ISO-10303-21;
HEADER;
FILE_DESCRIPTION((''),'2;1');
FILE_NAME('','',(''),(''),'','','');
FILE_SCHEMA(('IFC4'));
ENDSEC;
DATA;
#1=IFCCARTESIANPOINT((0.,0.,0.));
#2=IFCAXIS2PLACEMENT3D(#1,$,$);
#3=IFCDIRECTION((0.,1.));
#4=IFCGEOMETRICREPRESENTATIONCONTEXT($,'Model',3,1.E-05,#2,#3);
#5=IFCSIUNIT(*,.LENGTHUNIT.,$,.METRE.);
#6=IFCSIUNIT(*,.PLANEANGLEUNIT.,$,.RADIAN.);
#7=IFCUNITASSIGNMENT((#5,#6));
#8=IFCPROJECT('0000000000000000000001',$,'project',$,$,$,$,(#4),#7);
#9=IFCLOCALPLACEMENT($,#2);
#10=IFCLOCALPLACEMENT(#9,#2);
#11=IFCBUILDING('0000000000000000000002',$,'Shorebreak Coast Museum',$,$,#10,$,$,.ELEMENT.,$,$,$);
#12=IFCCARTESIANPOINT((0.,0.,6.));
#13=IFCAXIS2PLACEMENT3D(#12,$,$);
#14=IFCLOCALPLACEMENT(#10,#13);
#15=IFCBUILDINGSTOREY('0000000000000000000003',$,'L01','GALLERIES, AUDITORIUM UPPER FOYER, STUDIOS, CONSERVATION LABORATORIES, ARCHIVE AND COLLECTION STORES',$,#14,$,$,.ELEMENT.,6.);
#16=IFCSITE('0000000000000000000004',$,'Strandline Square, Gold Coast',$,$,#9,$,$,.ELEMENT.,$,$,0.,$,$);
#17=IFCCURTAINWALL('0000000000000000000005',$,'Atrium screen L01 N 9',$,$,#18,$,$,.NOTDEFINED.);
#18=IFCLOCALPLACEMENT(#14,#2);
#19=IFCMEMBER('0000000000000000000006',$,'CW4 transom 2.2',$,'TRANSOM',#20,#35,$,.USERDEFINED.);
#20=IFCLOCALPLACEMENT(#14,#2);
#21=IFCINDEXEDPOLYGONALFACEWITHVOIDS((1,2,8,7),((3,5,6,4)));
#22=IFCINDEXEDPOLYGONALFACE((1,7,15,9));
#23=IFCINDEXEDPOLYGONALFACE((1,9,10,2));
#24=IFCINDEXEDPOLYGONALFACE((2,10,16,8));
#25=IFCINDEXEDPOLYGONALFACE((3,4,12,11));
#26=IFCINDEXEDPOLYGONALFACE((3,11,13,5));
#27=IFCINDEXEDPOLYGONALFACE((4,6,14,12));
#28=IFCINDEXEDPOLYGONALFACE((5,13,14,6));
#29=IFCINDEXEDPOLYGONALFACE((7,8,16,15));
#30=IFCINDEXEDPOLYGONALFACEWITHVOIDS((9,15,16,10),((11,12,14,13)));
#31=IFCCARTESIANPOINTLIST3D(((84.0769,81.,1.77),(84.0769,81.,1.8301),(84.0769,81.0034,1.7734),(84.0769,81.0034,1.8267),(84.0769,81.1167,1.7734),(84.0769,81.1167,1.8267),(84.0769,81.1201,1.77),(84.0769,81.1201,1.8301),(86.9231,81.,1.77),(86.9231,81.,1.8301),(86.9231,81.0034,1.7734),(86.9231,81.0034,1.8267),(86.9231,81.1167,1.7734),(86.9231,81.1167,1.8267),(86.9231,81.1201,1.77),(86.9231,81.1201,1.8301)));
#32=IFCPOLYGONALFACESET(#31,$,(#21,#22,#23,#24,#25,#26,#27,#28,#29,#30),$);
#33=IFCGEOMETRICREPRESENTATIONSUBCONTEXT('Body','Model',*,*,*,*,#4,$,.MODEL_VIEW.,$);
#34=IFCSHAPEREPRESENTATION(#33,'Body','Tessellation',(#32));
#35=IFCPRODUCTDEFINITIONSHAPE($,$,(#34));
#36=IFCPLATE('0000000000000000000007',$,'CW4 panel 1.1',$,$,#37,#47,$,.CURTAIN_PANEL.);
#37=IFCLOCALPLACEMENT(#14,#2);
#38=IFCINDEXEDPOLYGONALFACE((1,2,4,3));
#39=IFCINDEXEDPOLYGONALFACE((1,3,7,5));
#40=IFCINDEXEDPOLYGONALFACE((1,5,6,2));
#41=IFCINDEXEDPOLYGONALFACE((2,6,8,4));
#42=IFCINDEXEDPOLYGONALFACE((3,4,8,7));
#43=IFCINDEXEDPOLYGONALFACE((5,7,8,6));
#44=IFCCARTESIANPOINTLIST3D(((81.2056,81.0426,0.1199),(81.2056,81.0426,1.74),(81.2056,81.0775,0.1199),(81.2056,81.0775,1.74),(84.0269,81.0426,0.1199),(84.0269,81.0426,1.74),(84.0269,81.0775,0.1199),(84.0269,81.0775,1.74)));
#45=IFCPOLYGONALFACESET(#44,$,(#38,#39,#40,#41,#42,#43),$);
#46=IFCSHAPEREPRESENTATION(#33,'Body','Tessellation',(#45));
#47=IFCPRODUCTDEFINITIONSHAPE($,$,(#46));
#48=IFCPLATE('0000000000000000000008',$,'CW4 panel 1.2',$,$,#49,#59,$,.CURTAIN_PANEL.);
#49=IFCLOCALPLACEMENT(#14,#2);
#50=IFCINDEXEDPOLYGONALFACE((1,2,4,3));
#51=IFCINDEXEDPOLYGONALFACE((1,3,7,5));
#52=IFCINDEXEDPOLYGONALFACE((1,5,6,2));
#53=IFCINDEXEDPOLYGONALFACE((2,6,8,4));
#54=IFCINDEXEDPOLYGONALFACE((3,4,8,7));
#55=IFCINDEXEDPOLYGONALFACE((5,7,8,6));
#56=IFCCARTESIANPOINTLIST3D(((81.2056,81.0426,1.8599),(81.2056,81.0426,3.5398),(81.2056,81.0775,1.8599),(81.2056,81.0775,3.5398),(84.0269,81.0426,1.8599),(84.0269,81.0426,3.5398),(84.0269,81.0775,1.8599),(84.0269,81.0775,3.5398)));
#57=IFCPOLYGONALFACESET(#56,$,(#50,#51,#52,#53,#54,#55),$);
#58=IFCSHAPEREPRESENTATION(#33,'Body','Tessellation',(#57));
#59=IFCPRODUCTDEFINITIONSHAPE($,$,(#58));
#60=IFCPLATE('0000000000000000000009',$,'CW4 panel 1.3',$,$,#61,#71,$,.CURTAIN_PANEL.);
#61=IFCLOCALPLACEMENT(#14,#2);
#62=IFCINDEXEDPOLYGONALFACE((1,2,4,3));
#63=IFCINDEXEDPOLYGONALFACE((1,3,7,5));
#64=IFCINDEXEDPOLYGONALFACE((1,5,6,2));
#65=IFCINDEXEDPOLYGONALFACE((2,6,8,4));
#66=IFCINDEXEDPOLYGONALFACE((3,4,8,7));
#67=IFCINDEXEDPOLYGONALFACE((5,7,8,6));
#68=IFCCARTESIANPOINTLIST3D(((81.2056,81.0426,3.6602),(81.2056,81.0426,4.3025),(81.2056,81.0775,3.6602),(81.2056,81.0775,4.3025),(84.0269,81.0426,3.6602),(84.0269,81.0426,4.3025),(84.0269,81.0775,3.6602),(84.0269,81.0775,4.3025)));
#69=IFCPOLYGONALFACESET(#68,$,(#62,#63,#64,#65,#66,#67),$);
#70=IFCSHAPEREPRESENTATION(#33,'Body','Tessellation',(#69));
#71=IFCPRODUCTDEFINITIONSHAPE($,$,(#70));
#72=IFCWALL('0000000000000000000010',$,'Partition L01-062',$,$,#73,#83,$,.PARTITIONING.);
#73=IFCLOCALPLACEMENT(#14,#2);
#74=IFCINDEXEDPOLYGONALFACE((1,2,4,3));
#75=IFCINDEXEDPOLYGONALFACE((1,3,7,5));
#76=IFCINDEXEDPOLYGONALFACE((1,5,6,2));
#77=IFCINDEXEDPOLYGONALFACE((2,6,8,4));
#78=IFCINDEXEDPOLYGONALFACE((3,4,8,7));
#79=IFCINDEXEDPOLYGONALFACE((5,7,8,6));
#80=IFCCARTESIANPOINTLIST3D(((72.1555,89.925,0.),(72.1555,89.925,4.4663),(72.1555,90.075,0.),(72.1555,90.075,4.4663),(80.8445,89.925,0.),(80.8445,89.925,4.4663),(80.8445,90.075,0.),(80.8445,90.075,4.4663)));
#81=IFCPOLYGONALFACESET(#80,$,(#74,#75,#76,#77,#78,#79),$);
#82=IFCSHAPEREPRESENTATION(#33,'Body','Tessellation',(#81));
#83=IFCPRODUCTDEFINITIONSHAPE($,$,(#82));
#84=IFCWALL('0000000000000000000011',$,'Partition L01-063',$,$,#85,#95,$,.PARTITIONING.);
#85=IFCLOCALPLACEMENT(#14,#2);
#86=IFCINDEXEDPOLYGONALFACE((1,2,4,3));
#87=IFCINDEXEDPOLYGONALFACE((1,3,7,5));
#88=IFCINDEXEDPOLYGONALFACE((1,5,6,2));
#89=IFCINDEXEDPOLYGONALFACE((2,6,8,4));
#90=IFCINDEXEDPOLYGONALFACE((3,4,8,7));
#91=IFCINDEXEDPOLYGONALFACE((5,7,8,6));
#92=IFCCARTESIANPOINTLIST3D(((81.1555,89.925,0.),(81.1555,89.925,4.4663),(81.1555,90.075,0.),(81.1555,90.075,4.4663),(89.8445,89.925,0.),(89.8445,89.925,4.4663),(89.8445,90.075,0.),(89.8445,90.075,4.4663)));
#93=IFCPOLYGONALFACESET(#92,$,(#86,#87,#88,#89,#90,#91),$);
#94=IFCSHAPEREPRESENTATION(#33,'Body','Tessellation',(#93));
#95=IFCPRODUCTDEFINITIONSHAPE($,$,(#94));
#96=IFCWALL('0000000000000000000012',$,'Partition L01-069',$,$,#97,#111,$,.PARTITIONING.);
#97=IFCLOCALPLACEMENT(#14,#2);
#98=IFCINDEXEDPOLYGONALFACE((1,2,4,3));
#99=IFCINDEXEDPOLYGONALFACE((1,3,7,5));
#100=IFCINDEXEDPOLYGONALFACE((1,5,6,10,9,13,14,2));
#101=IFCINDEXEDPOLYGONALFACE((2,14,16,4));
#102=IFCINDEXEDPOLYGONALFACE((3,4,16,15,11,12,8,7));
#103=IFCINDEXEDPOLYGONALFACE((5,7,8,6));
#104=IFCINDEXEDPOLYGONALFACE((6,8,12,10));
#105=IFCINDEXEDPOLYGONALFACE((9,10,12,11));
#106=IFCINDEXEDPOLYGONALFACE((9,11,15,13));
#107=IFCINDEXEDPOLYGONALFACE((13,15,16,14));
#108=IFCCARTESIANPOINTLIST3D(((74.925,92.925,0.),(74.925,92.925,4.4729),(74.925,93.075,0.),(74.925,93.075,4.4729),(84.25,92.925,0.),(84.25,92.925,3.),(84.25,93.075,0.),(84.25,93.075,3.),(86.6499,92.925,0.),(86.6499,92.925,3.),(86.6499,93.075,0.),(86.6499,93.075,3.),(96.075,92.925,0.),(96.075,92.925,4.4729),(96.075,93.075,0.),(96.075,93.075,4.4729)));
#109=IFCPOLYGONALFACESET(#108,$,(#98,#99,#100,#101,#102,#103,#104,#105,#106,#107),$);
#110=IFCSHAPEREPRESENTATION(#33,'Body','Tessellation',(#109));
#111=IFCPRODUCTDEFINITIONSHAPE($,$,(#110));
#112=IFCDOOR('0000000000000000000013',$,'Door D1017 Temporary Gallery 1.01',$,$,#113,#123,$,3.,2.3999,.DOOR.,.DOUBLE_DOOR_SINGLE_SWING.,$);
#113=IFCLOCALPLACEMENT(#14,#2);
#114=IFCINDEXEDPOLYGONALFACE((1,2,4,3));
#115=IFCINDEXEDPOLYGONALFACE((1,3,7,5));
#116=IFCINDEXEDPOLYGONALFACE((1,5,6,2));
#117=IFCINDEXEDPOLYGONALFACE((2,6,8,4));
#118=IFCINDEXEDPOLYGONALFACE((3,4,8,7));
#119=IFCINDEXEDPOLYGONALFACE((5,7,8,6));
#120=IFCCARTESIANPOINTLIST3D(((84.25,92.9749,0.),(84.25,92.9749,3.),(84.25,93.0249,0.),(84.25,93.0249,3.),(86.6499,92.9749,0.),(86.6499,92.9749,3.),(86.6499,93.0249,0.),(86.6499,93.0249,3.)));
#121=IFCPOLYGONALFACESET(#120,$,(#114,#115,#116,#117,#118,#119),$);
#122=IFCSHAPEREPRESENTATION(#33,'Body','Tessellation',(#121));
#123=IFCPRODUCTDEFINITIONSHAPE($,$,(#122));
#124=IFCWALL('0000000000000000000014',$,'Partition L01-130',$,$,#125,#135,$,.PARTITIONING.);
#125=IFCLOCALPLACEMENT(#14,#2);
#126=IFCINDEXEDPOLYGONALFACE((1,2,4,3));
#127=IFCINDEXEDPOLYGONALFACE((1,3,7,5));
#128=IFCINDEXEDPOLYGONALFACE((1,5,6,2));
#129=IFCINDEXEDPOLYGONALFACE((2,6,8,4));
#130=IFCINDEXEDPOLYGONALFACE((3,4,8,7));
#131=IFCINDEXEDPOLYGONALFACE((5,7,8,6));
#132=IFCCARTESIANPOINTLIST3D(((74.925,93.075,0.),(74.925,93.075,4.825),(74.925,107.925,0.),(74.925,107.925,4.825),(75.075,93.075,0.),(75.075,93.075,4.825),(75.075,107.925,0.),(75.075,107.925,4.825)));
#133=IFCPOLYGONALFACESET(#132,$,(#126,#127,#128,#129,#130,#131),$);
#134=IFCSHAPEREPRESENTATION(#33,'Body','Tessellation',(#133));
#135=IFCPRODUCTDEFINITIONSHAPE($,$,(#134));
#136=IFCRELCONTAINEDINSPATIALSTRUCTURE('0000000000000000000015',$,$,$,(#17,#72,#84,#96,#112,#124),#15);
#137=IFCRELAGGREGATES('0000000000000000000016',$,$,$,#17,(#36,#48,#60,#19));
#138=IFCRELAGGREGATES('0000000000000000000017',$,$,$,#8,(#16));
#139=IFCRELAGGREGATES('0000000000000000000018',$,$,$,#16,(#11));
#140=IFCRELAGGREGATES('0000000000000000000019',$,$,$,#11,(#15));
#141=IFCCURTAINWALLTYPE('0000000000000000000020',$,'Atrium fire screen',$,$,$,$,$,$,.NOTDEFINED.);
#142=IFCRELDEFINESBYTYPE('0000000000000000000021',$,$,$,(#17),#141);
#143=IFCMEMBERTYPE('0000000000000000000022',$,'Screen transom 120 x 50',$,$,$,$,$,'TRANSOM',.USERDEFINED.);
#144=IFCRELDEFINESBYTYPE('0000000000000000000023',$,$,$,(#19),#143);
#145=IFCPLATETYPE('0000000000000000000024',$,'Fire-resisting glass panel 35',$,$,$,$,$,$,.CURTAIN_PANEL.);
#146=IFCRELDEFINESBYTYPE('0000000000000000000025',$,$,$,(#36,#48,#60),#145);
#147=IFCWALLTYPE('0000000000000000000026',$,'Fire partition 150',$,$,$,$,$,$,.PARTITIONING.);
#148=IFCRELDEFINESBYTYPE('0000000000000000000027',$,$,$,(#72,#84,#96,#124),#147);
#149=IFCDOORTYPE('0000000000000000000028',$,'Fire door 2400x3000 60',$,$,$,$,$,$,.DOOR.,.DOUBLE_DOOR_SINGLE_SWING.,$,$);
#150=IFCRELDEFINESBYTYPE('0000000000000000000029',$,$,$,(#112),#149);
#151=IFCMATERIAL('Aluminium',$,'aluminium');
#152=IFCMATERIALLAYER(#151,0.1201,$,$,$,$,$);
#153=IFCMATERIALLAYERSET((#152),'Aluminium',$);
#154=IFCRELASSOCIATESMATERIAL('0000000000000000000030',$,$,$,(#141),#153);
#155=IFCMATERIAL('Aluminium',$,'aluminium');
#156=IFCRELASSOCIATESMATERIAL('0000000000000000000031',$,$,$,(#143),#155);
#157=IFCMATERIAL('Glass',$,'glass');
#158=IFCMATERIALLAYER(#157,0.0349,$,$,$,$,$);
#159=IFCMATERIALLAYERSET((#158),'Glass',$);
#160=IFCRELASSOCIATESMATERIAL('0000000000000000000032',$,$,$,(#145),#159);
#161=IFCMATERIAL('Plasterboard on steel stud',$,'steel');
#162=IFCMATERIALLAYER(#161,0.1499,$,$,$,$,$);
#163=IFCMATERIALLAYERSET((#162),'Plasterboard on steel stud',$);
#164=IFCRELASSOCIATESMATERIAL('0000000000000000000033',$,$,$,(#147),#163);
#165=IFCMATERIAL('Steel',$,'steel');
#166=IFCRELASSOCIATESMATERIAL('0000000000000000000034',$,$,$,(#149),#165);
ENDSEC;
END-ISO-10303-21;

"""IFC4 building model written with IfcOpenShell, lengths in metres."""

from ifc_helpers import new_model, si_unit, direction, frame, frame_2d, origin, origin_2d, place, context, subcontext, project, spatial, rectangle, hollow_rectangle, extrude, material, layer, layer_set, material_profile, profile_set, type_object, element, fill, aggregate, save


model = new_model("IFC4")

# Units and contexts
model_context = context("Model", 3, precision=1e-05, world=origin(), true_north=direction((0.0, 1.0)))
body_context = subcontext(model_context, "Body", "Model", "MODEL_VIEW")
ifc_project = project(units=[si_unit("LENGTHUNIT", "METRE"), si_unit("PLANEANGLEUNIT", "RADIAN")], contexts=[model_context])

# Site, building, storey
site_placement = place(None, origin())
site = spatial("IfcSite", under=ifc_project, at=site_placement, Name="Strandline Square, Gold Coast", CompositionType="ELEMENT", RefElevation=0.0)
building_placement = place(site_placement, origin())
building = spatial("IfcBuilding", under=site, at=building_placement, Name="Shorebreak Coast Museum", CompositionType="ELEMENT")
storey_placement = place(building_placement, frame((0.0, 0.0, 6.0)))
storey = spatial("IfcBuildingStorey", under=building, at=storey_placement, Name="L01", Description="GALLERIES, AUDITORIUM UPPER FOYER, STUDIOS, CONSERVATION LABORATORIES, ARCHIVE AND COLLECTION STORES", CompositionType="ELEMENT", Elevation=6.0)

# Shared definitions
ifc_material_1 = material(Name="Aluminium", Category="aluminium")
ifc_layer_1 = layer(ifc_material_1, 0.1201)
ifc_layer_set_1 = layer_set([ifc_layer_1], Name="Aluminium")
curtain_wall_type = type_object("IfcCurtainWallType", Name="Atrium fire screen", PredefinedType="NOTDEFINED", material=ifc_layer_set_1)

# Curtain wall, member, plates
curtain_wall_1_placement = place(storey_placement, origin())
curtain_wall_1 = element("IfcCurtainWall", 1, at=curtain_wall_1_placement, inside=storey, type_object=curtain_wall_type, Name="Atrium screen L01 N 9", PredefinedType="NOTDEFINED")
ifc_material_2 = material(Name="Aluminium", Category="aluminium")
ifc_material_profile_1 = material_profile(ifc_material_2, hollow_rectangle(XDim=0.1201, YDim=0.0601, WallThickness=0.0034, at=origin_2d()), Name="AL 60x120 RHS")
ifc_profile_set_1 = profile_set([ifc_material_profile_1], Name="Aluminium")
member_type_1 = type_object("IfcMemberType", Name="Screen transom 120 x 50", ElementType="TRANSOM", PredefinedType="USERDEFINED", material=ifc_profile_set_1)
member_1_placement = place(storey_placement, frame((84.0769, 81.0601, 1.8), z_axis=(1.0, 0.0, 0.0), x_axis=(0.0, 1.0, 0.0)))
member_1 = element("IfcMember", 2, at=member_1_placement, type_object=member_type_1, Name="CW4 transom 2.2", ObjectType="TRANSOM", PredefinedType="USERDEFINED", context=body_context, shape_type="SweptSolid", body=[
    extrude(hollow_rectangle(XDim=0.1201, YDim=0.0601, WallThickness=0.0034, at=origin_2d()), origin(), (0.0, 0.0, 1.0), 2.8462),
])
ifc_material_3 = material(Name="Glass", Category="glass")
ifc_layer_2 = layer(ifc_material_3, 0.0349)
ifc_layer_set_2 = layer_set([ifc_layer_2], Name="Glass")
plate_type = type_object("IfcPlateType", Name="Fire-resisting glass panel 35", PredefinedType="CURTAIN_PANEL", material=ifc_layer_set_2)
plate_1_placement = place(storey_placement, frame((82.6162, 81.0601, 0.1199), z_axis=(0.0, 0.0, 1.0), x_axis=(1.0, 0.0, 0.0)))
plate_1 = element("IfcPlate", 3, at=plate_1_placement, type_object=plate_type, Name="CW4 panel 1.1", PredefinedType="CURTAIN_PANEL", context=body_context, shape_type="SweptSolid", body=[
    extrude(rectangle(XDim=2.8213, YDim=0.0349, at=origin_2d()), origin(), (0.0, 0.0, 1.0), 1.6201),
])
plate_2_placement = place(storey_placement, frame((82.6162, 81.0601, 1.8599), z_axis=(0.0, 0.0, 1.0), x_axis=(1.0, 0.0, 0.0)))
plate_2 = element("IfcPlate", 4, at=plate_2_placement, type_object=plate_type, Name="CW4 panel 1.2", PredefinedType="CURTAIN_PANEL", context=body_context, shape_type="SweptSolid", body=[
    extrude(rectangle(XDim=2.8213, YDim=0.0349, at=origin_2d()), origin(), (0.0, 0.0, 1.0), 1.6799),
])
plate_3_placement = place(storey_placement, frame((82.6162, 81.0601, 3.6602), z_axis=(0.0, 0.0, 1.0), x_axis=(1.0, 0.0, 0.0)))
plate_3 = element("IfcPlate", 5, at=plate_3_placement, type_object=plate_type, Name="CW4 panel 1.3", PredefinedType="CURTAIN_PANEL", context=body_context, shape_type="SweptSolid", body=[
    extrude(rectangle(XDim=2.8213, YDim=0.0349, at=origin_2d()), origin(), (0.0, 0.0, 1.0), 0.6423),
])
aggregate(curtain_wall_1, [plate_1, plate_2, plate_3, member_1])

# Walls
ifc_material_4 = material(Name="Plasterboard on steel stud", Category="steel")
ifc_layer_3 = layer(ifc_material_4, 0.1499)
ifc_layer_set_3 = layer_set([ifc_layer_3], Name="Plasterboard on steel stud")
wall_type = type_object("IfcWallType", Name="Fire partition 150", PredefinedType="PARTITIONING", material=ifc_layer_set_3)
for number, where, z_axis, x_axis, name in (
    (6, (72.1555, 90.0, 0.0), (0.0, 0.0, 1.0), (1.0, 0.0, 0.0), "Partition L01-062"),
    (7, (81.1555, 90.0, 0.0), (0.0, 0.0, 1.0), (1.0, 0.0, 0.0), "Partition L01-063"),
):
    element("IfcWall", number, at=place(storey_placement, frame(where, z_axis=z_axis, x_axis=x_axis)), inside=storey, type_object=wall_type, Name=name, PredefinedType="PARTITIONING", context=body_context, shape_type="SweptSolid", body=[
        extrude(rectangle(XDim=8.689, YDim=0.1499, at=frame_2d((4.3445, 0.0))), origin(), (0.0, 0.0, 1.0), 4.4663),
    ])

# Wall, opening, door
wall_1_placement = place(storey_placement, frame((74.925, 93.0, 0.0), z_axis=(0.0, 0.0, 1.0), x_axis=(1.0, 0.0, 0.0)))
wall_1 = element("IfcWall", 8, at=wall_1_placement, inside=storey, type_object=wall_type, Name="Partition L01-069", PredefinedType="PARTITIONING", context=body_context, shape_type="SweptSolid", body=[
    extrude(rectangle(XDim=21.1499, YDim=0.1499, at=frame_2d((10.575, 0.0))), origin(), (0.0, 0.0, 1.0), 4.4729),
])
opening_placement = place(wall_1_placement, frame((9.325, 0.0, 0.0)))
opening = element("IfcOpeningElement", 9, at=opening_placement, cuts=wall_1, PredefinedType="OPENING", context=body_context, shape_type="SweptSolid", body=[
    extrude(rectangle(XDim=2.3999, YDim=3.0, at=frame_2d((1.2, 1.5))), frame((0.0, 0.085, 0.0), z_axis=(0.0, -1.0, 0.0), x_axis=(1.0, 0.0, 0.0)), (0.0, 0.0, 1.0), 0.1699),
])
ifc_material_5 = material(Name="Steel", Category="steel")
door_type = type_object("IfcDoorType", Name="Fire door 2400x3000 60", OperationType="DOUBLE_DOOR_SINGLE_SWING", PredefinedType="DOOR", material=ifc_material_5)
door_placement = place(opening_placement, origin())
door = element("IfcDoor", 10, at=door_placement, inside=storey, type_object=door_type, Name="Door D1017 Temporary Gallery 1.01", OperationType="DOUBLE_DOOR_SINGLE_SWING", OverallHeight=3.0, OverallWidth=2.3999, PredefinedType="DOOR", context=body_context, shape_type="SweptSolid", body=[
    extrude(rectangle(XDim=2.3999, YDim=3.0, at=frame_2d((1.2, 1.5))), frame((0.0, 0.0249, 0.0), z_axis=(0.0, -1.0, 0.0), x_axis=(1.0, 0.0, 0.0)), (0.0, 0.0, 1.0), 0.05),
])
fill(opening, door)

# Wall
wall_2_placement = place(storey_placement, frame((75.0, 93.075, 0.0), z_axis=(0.0, 0.0, 1.0), x_axis=(0.0, 1.0, 0.0)))
element("IfcWall", 11, at=wall_2_placement, inside=storey, type_object=wall_type, Name="Partition L01-130", PredefinedType="PARTITIONING", context=body_context, shape_type="SweptSolid", body=[
    extrude(rectangle(XDim=14.8501, YDim=0.1499, at=frame_2d((7.425, 0.0))), origin(), (0.0, 0.0, 1.0), 4.825),
])

save(model, "model.ifc")
